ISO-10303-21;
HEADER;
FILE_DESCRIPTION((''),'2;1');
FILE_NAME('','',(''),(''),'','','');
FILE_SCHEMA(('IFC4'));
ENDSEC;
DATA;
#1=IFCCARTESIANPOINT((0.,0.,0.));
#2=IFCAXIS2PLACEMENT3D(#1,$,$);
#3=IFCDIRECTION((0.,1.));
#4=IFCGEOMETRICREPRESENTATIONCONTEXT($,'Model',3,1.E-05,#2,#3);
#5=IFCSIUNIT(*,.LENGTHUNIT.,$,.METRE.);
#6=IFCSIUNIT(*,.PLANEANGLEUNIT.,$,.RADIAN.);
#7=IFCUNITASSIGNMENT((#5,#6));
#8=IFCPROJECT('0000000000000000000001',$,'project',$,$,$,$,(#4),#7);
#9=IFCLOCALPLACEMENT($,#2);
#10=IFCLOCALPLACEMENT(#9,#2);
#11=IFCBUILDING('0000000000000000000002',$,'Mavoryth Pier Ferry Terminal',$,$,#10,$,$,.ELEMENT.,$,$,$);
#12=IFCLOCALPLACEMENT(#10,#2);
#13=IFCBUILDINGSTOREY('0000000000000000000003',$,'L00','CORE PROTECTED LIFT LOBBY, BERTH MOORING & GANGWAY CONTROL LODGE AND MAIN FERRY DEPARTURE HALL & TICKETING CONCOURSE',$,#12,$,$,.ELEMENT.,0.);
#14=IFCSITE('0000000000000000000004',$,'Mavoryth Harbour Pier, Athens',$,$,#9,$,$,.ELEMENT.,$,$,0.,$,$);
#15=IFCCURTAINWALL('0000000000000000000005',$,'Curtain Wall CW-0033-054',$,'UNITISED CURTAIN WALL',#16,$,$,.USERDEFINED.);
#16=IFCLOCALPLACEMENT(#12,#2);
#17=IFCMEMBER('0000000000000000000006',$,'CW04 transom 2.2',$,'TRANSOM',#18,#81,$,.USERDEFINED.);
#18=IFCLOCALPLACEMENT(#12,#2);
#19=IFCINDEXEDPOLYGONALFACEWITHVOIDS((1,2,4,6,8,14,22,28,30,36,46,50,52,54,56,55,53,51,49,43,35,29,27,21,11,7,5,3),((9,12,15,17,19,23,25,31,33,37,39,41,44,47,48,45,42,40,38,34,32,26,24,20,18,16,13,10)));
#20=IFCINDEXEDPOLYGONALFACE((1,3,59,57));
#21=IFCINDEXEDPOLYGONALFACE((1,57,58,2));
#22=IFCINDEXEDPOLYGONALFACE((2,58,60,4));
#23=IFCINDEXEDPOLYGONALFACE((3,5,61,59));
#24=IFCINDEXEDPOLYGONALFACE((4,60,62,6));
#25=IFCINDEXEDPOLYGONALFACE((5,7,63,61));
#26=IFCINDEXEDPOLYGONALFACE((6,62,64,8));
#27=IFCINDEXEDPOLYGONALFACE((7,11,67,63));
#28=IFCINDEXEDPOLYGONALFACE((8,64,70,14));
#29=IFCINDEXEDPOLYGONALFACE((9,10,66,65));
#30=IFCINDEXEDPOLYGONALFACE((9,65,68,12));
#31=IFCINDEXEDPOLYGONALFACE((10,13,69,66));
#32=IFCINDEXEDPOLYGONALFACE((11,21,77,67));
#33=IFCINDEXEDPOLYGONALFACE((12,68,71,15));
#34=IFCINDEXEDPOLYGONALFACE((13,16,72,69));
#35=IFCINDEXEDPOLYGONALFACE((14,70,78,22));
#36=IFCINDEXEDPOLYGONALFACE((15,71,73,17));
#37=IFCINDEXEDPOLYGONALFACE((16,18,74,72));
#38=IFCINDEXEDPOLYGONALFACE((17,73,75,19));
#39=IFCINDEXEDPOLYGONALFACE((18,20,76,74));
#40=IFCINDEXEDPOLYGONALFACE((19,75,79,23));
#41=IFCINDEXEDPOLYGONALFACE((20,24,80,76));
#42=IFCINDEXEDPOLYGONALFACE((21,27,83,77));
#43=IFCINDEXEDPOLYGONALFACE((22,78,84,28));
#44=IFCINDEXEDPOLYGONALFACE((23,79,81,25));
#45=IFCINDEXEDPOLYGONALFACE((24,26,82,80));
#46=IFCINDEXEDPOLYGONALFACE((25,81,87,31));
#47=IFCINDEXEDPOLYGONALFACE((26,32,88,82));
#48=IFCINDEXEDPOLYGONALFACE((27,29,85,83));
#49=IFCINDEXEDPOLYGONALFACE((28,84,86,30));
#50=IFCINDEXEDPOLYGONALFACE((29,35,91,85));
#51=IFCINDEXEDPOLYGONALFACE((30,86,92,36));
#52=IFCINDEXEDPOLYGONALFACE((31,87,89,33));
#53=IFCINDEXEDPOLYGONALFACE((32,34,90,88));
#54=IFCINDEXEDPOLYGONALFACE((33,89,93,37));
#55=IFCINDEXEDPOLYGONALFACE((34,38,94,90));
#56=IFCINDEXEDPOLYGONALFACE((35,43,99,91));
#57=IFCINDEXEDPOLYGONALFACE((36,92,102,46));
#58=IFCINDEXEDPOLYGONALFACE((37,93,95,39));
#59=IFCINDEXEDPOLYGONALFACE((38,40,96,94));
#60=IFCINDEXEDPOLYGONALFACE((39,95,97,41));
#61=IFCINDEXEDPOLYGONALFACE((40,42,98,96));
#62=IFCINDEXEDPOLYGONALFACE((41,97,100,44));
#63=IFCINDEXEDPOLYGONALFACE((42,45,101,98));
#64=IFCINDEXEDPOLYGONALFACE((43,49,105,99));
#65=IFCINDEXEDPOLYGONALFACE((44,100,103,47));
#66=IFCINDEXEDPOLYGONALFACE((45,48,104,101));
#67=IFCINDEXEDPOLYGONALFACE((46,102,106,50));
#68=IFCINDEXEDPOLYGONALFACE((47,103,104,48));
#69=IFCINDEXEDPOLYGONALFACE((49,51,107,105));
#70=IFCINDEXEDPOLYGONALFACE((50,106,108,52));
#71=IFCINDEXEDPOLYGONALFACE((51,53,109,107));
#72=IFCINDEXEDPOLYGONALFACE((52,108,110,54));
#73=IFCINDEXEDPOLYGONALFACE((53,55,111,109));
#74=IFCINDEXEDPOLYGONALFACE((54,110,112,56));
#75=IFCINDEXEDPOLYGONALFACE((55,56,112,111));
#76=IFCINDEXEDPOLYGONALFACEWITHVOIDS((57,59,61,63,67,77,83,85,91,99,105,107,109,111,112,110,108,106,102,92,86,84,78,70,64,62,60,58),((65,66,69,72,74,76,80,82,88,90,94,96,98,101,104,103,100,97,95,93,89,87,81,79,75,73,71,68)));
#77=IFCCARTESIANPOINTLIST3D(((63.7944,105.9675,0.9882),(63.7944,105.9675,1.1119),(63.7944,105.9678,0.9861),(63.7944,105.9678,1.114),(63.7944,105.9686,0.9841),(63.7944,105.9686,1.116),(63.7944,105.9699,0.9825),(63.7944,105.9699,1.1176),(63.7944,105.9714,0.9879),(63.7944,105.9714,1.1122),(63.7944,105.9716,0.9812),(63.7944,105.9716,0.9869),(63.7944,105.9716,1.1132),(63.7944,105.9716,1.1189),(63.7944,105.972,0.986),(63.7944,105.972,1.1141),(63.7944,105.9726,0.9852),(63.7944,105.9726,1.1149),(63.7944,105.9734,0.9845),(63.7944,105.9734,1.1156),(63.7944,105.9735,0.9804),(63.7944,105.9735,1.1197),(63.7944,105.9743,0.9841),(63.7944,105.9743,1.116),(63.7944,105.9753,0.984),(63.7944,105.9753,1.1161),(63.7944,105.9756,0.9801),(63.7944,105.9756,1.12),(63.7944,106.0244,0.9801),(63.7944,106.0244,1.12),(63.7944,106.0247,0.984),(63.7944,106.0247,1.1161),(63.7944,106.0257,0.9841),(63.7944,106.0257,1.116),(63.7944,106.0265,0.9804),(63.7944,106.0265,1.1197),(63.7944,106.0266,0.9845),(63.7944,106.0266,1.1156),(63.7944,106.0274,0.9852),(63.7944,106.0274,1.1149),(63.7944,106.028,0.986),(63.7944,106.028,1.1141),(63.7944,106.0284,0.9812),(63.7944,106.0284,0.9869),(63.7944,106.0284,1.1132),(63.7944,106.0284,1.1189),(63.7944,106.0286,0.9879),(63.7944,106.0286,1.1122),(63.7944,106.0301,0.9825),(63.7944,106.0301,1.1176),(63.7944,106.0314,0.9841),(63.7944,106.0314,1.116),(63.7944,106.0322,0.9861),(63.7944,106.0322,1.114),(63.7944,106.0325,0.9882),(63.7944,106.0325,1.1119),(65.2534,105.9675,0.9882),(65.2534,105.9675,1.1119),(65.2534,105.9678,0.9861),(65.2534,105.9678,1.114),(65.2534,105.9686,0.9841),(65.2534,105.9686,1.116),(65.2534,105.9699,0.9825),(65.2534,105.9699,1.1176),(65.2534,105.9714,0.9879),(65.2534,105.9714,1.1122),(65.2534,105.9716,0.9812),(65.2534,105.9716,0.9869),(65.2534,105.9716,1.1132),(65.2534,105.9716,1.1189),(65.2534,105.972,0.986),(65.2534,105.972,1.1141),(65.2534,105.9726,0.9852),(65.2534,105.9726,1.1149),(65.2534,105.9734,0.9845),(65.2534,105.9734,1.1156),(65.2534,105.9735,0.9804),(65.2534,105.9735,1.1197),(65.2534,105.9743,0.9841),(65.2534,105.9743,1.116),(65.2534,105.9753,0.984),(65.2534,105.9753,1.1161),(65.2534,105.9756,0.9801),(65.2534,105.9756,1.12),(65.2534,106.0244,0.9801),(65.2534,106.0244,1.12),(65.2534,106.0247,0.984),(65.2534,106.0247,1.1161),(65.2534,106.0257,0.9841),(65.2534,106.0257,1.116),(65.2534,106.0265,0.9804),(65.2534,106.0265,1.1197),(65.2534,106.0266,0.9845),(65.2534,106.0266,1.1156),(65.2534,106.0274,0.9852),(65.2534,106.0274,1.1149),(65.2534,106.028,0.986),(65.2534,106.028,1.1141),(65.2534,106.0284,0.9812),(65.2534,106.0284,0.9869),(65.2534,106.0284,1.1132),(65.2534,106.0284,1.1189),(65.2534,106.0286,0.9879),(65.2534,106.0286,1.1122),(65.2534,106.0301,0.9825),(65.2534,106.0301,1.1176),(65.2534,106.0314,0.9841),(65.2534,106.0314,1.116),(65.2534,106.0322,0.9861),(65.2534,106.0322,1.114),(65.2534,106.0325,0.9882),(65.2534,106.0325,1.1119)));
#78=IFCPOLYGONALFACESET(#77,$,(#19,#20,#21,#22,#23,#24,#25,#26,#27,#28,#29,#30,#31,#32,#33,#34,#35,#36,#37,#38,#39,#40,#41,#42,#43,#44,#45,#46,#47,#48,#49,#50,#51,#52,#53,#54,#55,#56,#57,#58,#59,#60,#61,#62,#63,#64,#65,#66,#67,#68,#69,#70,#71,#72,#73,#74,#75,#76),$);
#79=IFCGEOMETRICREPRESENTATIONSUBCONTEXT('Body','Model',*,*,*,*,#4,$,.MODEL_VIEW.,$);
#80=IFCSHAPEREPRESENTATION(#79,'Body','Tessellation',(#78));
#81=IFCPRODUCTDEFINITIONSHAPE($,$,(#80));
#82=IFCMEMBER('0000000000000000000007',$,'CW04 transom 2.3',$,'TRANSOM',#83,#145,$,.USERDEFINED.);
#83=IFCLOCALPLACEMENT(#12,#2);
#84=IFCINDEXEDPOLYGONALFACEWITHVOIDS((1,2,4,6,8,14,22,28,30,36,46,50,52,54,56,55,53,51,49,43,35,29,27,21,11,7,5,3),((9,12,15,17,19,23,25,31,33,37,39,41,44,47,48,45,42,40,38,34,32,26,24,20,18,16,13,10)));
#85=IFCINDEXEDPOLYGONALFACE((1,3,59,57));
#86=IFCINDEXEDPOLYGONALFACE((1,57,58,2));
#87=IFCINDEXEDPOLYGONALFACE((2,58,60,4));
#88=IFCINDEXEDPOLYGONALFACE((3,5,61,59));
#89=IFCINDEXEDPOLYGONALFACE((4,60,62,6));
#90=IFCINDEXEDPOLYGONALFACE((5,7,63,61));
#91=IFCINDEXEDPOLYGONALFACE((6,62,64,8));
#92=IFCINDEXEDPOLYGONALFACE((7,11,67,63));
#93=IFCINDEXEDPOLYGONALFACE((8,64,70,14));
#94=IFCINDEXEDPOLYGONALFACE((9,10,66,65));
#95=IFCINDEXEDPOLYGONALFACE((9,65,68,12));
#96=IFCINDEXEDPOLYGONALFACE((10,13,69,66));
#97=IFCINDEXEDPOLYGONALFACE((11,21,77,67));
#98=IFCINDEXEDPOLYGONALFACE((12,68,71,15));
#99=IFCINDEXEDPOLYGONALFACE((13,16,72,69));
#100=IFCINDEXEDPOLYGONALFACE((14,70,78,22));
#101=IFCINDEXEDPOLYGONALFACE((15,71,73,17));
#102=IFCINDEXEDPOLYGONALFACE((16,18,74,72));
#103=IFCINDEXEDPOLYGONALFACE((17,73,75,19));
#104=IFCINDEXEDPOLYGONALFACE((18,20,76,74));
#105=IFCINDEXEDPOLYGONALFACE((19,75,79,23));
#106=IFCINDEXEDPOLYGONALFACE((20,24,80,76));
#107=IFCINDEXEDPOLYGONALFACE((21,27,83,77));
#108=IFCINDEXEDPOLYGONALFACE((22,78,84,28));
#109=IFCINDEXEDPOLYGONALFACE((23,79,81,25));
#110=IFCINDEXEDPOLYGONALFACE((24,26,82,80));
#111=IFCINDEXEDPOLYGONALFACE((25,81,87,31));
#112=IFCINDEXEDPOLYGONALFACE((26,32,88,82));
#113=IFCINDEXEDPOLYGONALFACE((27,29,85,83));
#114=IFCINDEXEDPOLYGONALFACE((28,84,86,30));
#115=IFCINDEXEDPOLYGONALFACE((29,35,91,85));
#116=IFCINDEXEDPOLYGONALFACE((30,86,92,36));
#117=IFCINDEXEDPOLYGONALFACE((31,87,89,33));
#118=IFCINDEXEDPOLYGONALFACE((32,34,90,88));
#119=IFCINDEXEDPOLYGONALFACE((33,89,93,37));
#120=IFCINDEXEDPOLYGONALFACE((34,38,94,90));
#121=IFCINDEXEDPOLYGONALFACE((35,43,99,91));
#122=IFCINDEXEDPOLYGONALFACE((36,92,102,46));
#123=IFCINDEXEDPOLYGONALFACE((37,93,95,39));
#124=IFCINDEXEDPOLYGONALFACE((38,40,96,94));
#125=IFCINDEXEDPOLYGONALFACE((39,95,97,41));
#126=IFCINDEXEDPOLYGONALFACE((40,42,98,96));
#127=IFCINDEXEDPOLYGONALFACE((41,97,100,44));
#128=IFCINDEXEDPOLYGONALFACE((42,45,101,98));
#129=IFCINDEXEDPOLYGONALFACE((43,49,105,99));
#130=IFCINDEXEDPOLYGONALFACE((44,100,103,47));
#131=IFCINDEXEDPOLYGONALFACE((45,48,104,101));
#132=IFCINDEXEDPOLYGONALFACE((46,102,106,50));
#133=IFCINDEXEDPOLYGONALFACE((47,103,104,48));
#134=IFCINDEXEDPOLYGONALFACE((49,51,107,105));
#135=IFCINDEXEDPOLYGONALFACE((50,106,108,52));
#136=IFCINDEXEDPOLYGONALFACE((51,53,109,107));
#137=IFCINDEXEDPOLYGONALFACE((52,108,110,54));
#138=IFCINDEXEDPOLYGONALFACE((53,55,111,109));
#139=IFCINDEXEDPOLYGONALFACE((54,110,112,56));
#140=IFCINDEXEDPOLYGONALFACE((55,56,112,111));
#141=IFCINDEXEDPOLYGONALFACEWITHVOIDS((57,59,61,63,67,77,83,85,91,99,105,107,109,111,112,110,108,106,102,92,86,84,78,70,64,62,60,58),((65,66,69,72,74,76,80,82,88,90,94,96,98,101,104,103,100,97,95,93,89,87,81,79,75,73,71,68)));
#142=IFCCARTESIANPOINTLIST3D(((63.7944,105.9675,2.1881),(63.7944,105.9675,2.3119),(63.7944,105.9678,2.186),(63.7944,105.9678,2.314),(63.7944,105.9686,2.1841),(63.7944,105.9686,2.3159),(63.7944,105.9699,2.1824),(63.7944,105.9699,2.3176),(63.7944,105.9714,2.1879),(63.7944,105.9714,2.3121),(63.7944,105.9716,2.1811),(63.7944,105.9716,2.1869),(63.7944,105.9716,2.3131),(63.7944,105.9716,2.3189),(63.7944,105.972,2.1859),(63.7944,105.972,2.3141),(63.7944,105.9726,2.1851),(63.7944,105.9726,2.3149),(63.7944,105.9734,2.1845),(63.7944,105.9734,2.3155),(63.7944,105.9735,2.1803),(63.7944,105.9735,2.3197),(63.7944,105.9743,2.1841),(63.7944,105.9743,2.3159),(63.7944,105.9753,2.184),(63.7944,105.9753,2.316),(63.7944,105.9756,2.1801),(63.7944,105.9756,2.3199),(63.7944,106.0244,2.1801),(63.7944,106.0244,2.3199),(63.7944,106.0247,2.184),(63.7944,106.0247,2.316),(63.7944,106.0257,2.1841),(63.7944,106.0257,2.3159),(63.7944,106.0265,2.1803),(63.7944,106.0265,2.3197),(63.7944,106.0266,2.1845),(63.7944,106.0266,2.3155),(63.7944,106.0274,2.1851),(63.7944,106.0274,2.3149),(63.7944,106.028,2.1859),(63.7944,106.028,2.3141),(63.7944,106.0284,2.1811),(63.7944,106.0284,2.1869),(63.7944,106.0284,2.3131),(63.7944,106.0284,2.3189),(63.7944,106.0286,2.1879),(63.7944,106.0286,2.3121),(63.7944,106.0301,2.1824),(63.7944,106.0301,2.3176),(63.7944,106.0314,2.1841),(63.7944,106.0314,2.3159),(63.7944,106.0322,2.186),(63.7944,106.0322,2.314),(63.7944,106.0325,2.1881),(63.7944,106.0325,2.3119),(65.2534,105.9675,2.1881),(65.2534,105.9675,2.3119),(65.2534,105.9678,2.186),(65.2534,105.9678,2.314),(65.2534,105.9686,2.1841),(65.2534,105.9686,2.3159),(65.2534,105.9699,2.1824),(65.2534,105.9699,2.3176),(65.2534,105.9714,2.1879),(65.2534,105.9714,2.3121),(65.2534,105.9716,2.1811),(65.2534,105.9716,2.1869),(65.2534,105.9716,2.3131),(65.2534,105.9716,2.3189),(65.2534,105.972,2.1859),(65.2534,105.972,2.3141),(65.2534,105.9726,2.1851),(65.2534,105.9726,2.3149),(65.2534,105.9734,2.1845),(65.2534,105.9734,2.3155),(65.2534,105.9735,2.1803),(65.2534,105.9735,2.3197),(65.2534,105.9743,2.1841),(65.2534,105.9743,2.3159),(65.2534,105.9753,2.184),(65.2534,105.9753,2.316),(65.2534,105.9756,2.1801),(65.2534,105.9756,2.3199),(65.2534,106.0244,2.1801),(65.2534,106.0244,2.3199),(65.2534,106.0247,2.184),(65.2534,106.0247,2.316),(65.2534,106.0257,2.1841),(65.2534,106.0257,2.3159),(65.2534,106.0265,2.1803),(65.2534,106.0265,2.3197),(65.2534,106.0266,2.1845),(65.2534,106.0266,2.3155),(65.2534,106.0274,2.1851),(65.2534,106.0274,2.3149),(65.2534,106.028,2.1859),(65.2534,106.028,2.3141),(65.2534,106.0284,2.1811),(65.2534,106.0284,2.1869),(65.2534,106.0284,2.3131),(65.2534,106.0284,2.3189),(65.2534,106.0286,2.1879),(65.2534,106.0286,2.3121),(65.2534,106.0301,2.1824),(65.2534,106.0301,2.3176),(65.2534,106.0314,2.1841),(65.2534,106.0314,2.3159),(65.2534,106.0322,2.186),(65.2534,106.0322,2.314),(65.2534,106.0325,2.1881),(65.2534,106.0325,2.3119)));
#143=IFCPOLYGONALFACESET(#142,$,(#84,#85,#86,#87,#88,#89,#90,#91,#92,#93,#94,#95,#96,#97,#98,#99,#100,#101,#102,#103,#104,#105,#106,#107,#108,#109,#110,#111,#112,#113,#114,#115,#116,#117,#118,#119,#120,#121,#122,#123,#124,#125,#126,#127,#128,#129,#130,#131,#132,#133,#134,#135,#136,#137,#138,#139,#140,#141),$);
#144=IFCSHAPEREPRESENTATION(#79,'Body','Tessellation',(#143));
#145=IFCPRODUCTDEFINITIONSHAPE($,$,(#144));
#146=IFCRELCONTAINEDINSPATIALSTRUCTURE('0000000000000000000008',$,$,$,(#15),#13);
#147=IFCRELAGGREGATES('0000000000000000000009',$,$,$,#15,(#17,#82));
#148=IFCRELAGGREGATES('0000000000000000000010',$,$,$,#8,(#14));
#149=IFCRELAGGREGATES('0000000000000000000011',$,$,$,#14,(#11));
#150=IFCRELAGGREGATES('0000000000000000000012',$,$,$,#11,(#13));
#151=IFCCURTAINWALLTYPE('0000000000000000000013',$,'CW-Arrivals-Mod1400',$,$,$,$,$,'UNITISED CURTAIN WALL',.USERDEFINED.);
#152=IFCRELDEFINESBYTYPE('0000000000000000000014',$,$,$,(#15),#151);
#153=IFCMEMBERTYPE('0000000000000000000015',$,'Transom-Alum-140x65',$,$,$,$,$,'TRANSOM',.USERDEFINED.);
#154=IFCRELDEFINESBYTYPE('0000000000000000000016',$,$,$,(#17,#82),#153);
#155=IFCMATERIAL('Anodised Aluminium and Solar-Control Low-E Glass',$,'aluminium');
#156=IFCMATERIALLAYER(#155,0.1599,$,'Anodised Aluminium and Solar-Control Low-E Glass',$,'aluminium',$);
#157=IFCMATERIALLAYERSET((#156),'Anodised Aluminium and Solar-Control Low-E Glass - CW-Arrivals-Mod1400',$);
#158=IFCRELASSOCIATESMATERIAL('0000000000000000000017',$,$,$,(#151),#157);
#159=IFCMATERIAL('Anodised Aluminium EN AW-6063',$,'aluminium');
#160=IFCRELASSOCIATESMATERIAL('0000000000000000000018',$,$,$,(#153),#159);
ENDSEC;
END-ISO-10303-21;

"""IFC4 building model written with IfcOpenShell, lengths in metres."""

from ifc_helpers import new_model, si_unit, direction, frame, origin, origin_2d, place, context, subcontext, project, spatial, hollow_rectangle, extrude, material, layer, layer_set, material_profile, profile_set, type_object, element, aggregate, save


model = new_model("IFC4")

# Units and contexts
model_context = context("Model", 3, precision=1e-05, world=origin(), true_north=direction((0.0, 1.0)))
body_context = subcontext(model_context, "Body", "Model", "MODEL_VIEW")
ifc_project = project(units=[si_unit("LENGTHUNIT", "METRE"), si_unit("PLANEANGLEUNIT", "RADIAN")], contexts=[model_context])

# Site, building, storey
site_placement = place(None, origin())
site = spatial("IfcSite", under=ifc_project, at=site_placement, Name="Mavoryth Harbour Pier, Athens", CompositionType="ELEMENT", RefElevation=0.0)
building_placement = place(site_placement, origin())
building = spatial("IfcBuilding", under=site, at=building_placement, Name="Mavoryth Pier Ferry Terminal", CompositionType="ELEMENT")
storey_placement = place(building_placement, origin())
storey = spatial("IfcBuildingStorey", under=building, at=storey_placement, Name="L00", Description="CORE PROTECTED LIFT LOBBY, BERTH MOORING & GANGWAY CONTROL LODGE AND MAIN FERRY DEPARTURE HALL & TICKETING CONCOURSE", CompositionType="ELEMENT", Elevation=0.0)

# Curtain wall, members
ifc_material_1 = material(Name="Anodised Aluminium and Solar-Control Low-E Glass", Category="aluminium")
ifc_layer_1 = layer(ifc_material_1, 0.1599, Name="Anodised Aluminium and Solar-Control Low-E Glass", Category="aluminium")
ifc_layer_set_1 = layer_set([ifc_layer_1], Name="Anodised Aluminium and Solar-Control Low-E Glass - CW-Arrivals-Mod1400")
curtain_wall_type = type_object("IfcCurtainWallType", Name="CW-Arrivals-Mod1400", ElementType="UNITISED CURTAIN WALL", PredefinedType="USERDEFINED", material=ifc_layer_set_1)
curtain_wall_placement = place(storey_placement, origin())
curtain_wall = element("IfcCurtainWall", 1, at=curtain_wall_placement, inside=storey, type_object=curtain_wall_type, Name="Curtain Wall CW-0033-054", ObjectType="UNITISED CURTAIN WALL", PredefinedType="USERDEFINED")
ifc_material_2 = material(Name="Anodised Aluminium EN AW-6063", Category="aluminium")
ifc_material_profile_1 = material_profile(ifc_material_2, hollow_rectangle(XDim=0.0649, YDim=0.1399, WallThickness=0.0039, InnerFilletRadius=0.0039, OuterFilletRadius=0.0081, at=origin_2d()), Name="AL-TRAN 140x65x4", Category="aluminium")
ifc_profile_set_1 = profile_set([ifc_material_profile_1], Name="Anodised Aluminium EN AW-6063 - AL-TRAN 140x65x4")
member_type_1 = type_object("IfcMemberType", Name="Transom-Alum-140x65", ElementType="TRANSOM", PredefinedType="USERDEFINED", material=ifc_profile_set_1)
member_1_placement = place(storey_placement, frame((65.2534, 106.0, 1.05), z_axis=(-1.0, 0.0, 0.0), x_axis=(0.0, -1.0, 0.0)))
member_1 = element("IfcMember", 2, at=member_1_placement, type_object=member_type_1, Name="CW04 transom 2.2", ObjectType="TRANSOM", PredefinedType="USERDEFINED", context=body_context, shape_type="SweptSolid", body=[
    extrude(hollow_rectangle(XDim=0.0649, YDim=0.1399, WallThickness=0.0039, InnerFilletRadius=0.0039, OuterFilletRadius=0.0081, at=origin_2d()), origin(), (0.0, 0.0, 1.0), 1.459),
])
member_2_placement = place(storey_placement, frame((65.2534, 106.0, 2.25), z_axis=(-1.0, 0.0, 0.0), x_axis=(0.0, -1.0, 0.0)))
member_2 = element("IfcMember", 3, at=member_2_placement, type_object=member_type_1, Name="CW04 transom 2.3", ObjectType="TRANSOM", PredefinedType="USERDEFINED", context=body_context, shape_type="SweptSolid", body=[
    extrude(hollow_rectangle(XDim=0.0649, YDim=0.1399, WallThickness=0.0039, InnerFilletRadius=0.0039, OuterFilletRadius=0.0081, at=origin_2d()), origin(), (0.0, 0.0, 1.0), 1.459),
])
aggregate(curtain_wall, [member_1, member_2])

save(model, "model.ifc")
